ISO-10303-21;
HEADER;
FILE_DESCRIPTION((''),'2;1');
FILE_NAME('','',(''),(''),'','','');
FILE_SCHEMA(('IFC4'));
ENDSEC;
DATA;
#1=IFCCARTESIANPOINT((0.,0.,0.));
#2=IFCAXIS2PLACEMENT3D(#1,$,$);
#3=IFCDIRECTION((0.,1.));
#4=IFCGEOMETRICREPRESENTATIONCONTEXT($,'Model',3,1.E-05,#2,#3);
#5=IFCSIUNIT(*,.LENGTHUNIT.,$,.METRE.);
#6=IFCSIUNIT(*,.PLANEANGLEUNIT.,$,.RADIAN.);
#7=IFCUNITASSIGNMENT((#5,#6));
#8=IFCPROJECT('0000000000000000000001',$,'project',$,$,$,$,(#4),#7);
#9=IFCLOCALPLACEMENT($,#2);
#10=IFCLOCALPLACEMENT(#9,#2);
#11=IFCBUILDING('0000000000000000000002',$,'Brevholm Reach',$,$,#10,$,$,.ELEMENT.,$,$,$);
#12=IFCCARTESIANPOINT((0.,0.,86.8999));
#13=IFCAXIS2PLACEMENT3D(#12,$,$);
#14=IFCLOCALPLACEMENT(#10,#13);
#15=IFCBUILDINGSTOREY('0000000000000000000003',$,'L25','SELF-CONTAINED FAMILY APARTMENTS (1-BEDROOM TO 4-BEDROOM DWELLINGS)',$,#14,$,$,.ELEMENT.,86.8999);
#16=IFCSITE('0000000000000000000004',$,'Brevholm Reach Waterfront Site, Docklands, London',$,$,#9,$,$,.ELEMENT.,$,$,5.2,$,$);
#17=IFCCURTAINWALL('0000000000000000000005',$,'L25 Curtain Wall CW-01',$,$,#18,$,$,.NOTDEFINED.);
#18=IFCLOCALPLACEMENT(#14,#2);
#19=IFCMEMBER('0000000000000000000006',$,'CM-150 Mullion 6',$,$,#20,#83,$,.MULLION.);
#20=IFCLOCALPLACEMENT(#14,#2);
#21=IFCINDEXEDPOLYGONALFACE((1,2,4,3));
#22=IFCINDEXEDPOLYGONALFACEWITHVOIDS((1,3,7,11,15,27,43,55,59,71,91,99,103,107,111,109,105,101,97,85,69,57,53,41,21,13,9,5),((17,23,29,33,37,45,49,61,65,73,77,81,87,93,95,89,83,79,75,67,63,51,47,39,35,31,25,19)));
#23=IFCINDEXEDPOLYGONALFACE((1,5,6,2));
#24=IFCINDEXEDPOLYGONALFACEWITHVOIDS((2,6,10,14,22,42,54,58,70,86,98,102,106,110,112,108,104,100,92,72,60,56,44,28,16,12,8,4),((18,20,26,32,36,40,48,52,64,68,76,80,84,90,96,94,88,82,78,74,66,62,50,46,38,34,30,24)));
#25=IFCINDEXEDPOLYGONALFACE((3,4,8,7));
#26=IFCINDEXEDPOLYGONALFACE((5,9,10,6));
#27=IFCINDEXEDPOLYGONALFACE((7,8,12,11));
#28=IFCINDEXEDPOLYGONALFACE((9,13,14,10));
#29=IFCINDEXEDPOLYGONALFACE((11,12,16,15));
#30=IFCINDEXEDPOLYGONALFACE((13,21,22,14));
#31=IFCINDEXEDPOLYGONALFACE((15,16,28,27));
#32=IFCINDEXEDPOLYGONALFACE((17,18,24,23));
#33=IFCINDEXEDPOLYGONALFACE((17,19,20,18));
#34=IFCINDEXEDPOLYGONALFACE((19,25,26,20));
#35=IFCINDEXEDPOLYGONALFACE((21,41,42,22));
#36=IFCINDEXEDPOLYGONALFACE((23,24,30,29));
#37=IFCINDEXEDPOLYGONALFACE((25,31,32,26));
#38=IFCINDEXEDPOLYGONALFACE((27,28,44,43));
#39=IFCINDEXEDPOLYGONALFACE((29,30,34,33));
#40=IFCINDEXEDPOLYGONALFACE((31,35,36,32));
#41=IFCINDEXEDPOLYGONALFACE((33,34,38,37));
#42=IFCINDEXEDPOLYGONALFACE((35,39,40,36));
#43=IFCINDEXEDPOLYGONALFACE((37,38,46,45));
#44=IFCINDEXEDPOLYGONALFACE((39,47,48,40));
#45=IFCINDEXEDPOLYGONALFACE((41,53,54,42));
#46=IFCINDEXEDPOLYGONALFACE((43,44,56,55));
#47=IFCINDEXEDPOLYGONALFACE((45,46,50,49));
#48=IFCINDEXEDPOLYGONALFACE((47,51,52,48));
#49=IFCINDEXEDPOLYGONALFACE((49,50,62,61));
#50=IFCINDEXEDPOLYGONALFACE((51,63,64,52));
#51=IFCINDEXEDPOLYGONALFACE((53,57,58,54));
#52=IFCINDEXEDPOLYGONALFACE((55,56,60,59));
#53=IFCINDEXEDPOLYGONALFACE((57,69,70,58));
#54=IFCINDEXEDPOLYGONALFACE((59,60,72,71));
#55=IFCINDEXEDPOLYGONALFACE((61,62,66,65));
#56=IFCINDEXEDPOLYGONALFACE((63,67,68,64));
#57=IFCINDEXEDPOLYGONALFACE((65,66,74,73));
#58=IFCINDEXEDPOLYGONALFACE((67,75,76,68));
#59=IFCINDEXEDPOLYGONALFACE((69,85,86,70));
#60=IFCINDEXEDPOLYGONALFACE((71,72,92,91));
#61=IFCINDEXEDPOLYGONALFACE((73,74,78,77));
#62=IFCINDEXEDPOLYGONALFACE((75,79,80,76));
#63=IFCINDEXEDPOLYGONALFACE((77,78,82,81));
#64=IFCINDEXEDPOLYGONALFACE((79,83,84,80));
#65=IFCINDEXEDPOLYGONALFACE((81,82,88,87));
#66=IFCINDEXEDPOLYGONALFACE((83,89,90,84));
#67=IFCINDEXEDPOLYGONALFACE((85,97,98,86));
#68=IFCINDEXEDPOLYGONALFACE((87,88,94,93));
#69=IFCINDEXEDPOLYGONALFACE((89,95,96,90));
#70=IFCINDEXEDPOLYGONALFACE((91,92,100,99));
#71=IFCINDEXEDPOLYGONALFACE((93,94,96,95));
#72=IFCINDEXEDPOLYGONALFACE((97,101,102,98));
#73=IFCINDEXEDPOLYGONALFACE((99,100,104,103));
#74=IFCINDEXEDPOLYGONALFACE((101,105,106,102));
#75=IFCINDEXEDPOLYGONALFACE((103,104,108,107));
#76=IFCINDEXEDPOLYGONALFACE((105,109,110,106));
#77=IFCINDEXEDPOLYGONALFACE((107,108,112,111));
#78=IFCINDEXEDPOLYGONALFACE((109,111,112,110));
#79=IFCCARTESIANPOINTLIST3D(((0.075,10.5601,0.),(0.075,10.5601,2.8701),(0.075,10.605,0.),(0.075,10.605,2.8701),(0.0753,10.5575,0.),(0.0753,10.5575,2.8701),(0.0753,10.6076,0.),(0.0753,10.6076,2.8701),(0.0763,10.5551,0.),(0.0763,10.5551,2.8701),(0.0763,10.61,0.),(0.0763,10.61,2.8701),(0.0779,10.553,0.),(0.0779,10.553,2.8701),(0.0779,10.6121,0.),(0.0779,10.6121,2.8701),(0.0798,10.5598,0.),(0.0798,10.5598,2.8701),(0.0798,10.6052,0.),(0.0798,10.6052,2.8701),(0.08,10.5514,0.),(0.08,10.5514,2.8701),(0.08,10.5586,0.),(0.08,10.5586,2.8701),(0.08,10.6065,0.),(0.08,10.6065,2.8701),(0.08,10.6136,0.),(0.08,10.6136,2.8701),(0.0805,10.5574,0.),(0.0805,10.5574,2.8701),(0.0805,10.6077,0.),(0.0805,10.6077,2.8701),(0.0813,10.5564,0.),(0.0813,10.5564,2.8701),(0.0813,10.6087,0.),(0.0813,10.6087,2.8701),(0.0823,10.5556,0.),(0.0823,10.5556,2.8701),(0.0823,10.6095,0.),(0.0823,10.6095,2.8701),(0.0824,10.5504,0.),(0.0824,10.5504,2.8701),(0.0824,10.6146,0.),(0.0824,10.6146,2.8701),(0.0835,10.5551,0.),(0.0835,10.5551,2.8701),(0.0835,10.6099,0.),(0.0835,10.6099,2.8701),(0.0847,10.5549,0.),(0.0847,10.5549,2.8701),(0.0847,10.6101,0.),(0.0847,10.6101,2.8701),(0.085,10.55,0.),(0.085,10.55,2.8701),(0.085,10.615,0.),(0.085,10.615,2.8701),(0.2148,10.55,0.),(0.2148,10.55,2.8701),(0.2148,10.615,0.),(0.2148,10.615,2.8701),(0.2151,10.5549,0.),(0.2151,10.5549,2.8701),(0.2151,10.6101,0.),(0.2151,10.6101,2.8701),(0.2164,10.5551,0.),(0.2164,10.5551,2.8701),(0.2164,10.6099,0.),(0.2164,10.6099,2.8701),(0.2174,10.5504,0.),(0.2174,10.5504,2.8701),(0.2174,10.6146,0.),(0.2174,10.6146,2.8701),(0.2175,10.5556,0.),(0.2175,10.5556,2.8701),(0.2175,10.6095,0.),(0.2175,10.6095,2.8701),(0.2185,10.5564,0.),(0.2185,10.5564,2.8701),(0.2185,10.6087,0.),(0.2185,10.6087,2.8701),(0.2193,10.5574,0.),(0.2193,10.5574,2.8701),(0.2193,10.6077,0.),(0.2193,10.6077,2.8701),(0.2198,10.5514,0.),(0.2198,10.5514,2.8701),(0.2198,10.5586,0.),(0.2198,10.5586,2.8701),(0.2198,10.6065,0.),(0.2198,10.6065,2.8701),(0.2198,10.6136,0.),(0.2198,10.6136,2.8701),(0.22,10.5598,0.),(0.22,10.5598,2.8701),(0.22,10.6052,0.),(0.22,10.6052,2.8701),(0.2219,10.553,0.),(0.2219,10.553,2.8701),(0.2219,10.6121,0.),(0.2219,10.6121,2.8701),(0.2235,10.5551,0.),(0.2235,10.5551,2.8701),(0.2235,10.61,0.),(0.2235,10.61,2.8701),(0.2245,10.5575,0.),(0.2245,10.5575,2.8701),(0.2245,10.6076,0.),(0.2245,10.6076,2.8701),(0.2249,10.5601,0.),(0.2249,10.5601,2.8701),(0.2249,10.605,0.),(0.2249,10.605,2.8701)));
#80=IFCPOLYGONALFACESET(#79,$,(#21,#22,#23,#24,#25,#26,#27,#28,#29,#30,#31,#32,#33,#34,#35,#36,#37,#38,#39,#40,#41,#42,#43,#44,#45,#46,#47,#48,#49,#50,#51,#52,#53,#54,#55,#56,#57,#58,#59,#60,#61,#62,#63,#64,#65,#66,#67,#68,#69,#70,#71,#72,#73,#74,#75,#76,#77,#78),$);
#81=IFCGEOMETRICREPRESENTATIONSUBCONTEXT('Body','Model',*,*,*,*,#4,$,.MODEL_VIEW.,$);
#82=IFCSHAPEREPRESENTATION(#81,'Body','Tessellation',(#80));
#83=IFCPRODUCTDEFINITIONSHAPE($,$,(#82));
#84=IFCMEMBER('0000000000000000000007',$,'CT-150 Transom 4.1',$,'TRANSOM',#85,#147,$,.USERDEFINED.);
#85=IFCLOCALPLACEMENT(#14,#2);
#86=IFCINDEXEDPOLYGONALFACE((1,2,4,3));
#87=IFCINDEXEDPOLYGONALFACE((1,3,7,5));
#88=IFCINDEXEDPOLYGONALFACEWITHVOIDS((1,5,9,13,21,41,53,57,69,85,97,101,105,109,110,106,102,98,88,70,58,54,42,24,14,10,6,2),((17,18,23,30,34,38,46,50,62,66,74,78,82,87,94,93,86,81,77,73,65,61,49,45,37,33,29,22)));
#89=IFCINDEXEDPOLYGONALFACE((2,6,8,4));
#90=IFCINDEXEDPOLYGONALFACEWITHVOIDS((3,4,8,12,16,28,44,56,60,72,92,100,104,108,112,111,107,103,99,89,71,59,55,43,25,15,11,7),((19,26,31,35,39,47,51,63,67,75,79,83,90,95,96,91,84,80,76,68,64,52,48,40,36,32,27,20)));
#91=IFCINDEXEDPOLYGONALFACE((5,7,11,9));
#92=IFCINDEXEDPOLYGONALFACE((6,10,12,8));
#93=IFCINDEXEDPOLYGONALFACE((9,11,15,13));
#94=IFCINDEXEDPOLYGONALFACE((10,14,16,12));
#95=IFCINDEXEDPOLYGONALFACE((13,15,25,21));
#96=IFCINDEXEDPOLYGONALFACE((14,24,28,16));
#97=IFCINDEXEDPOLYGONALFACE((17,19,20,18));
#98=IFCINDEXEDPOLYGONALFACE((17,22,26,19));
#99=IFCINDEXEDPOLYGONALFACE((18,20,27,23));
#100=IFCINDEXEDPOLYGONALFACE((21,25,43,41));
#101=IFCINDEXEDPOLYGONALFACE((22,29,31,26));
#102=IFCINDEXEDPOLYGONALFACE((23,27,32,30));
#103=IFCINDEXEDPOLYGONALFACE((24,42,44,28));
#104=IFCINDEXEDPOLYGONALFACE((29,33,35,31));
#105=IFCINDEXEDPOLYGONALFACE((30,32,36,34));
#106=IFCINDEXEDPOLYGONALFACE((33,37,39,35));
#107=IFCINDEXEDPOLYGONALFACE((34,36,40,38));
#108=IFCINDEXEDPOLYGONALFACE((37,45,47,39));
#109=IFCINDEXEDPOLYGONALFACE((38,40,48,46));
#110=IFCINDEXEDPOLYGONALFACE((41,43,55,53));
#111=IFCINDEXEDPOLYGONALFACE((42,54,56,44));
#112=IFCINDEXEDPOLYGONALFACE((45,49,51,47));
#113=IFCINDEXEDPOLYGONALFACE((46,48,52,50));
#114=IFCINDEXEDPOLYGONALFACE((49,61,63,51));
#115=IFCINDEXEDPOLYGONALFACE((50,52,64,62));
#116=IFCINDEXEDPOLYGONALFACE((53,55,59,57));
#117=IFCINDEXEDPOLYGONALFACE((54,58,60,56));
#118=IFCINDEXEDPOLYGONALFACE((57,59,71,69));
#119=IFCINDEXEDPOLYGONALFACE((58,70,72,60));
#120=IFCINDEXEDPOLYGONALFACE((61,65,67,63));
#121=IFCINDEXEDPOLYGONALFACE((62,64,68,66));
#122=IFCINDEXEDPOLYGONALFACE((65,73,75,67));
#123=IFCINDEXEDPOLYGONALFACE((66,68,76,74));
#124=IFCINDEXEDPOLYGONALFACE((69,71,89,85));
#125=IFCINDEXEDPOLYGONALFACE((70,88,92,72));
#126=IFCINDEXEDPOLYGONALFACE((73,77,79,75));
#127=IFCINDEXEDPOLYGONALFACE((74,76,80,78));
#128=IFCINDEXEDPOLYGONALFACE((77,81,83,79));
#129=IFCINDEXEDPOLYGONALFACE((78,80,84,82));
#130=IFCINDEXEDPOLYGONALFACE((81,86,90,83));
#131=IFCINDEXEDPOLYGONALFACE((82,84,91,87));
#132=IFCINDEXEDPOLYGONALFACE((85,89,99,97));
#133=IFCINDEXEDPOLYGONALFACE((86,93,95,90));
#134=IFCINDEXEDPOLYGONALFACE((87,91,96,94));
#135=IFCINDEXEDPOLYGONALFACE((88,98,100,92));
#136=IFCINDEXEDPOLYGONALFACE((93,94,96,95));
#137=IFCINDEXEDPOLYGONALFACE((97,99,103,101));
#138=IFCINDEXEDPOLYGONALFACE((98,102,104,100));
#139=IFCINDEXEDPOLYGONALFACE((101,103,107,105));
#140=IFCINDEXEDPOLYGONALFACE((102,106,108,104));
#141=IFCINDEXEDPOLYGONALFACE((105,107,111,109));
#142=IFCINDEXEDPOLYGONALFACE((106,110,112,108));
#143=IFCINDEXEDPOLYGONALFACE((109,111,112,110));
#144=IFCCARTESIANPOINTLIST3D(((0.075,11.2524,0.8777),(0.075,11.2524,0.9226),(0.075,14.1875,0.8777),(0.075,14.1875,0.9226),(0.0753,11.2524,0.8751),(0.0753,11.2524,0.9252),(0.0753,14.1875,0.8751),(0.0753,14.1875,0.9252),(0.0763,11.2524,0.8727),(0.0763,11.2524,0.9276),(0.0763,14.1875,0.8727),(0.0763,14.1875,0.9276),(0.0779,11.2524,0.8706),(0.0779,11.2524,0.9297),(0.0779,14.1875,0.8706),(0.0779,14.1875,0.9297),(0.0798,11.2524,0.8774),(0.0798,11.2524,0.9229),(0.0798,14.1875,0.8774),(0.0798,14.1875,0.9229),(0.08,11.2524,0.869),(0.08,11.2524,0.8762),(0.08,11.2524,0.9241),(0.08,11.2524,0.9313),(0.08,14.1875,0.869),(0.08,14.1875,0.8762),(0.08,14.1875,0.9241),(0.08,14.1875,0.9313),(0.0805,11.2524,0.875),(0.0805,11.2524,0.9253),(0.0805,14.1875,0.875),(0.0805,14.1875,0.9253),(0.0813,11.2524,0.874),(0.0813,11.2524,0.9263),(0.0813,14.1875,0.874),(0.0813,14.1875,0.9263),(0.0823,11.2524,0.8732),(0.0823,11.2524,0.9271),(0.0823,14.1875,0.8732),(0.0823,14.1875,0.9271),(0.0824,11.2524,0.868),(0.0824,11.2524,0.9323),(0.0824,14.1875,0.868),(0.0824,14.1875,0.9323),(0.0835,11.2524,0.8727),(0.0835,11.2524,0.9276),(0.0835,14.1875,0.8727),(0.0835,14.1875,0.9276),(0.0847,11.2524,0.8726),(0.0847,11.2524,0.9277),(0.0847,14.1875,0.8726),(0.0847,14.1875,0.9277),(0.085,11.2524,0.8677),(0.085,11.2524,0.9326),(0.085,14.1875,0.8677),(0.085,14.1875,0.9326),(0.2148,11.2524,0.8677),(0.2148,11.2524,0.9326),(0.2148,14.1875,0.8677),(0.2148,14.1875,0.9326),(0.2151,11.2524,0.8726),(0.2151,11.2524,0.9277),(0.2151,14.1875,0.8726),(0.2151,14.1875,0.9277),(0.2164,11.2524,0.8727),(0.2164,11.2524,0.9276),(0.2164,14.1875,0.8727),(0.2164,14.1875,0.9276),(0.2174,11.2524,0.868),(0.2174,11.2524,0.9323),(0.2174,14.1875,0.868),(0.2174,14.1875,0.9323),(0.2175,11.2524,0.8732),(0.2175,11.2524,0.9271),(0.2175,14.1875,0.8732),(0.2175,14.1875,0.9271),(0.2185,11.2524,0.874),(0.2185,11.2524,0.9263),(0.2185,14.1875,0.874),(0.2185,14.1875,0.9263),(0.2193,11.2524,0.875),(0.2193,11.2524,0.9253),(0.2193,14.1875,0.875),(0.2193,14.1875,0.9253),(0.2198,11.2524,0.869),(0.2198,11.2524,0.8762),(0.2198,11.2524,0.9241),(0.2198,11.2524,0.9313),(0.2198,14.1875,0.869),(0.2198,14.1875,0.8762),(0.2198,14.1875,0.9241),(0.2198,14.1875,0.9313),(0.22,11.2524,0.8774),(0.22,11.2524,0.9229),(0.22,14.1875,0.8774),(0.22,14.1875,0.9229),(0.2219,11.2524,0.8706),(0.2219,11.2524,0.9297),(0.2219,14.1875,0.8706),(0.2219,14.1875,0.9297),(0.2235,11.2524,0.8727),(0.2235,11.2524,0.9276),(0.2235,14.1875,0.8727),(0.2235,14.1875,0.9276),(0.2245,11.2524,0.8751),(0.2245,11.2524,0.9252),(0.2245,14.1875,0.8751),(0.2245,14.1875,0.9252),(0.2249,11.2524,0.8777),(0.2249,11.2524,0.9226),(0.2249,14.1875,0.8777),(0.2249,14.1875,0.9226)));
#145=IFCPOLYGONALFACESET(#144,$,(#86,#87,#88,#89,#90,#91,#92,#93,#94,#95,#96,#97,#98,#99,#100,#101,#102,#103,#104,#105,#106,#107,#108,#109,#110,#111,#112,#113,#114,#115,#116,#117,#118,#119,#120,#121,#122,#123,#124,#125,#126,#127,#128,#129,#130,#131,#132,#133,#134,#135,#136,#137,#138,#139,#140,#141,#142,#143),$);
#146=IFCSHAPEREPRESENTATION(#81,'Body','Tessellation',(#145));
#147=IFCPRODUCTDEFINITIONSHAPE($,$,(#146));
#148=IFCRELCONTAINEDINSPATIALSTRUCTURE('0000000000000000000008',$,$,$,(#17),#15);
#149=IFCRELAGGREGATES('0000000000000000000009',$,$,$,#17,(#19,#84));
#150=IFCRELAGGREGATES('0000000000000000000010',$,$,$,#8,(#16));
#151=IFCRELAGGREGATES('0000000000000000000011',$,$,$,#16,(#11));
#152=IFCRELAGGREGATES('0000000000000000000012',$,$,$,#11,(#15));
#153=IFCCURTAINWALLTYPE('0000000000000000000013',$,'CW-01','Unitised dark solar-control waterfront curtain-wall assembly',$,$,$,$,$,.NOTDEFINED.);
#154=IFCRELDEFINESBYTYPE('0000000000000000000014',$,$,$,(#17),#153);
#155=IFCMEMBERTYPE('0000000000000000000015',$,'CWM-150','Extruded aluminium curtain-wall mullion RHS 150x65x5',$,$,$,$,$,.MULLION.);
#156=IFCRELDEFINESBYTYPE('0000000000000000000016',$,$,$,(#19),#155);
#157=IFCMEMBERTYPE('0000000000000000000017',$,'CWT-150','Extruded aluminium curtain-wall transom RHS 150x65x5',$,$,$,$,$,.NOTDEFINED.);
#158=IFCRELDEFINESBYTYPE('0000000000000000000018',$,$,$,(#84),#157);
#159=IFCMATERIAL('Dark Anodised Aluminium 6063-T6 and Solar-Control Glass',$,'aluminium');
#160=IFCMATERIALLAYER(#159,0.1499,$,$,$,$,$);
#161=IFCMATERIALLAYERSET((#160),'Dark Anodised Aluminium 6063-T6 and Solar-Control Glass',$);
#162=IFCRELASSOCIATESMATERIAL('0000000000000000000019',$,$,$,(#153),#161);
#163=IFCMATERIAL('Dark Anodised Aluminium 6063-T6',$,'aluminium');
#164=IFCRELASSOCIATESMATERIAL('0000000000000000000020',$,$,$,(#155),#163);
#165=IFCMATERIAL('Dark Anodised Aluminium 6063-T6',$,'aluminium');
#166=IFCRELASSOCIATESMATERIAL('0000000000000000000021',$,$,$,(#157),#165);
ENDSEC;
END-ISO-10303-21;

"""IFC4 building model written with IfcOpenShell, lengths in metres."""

from ifc_helpers import new_model, si_unit, direction, frame, origin, origin_2d, place, context, subcontext, project, spatial, hollow_rectangle, extrude, material, layer, layer_set, material_profile, profile_set, type_object, element, aggregate, save


model = new_model("IFC4")

# Units and contexts
model_context = context("Model", 3, precision=1e-05, world=origin(), true_north=direction((0.0, 1.0)))
body_context = subcontext(model_context, "Body", "Model", "MODEL_VIEW")
ifc_project = project(units=[si_unit("LENGTHUNIT", "METRE"), si_unit("PLANEANGLEUNIT", "RADIAN")], contexts=[model_context])

# Site, building, storey
site_placement = place(None, origin())
site = spatial("IfcSite", under=ifc_project, at=site_placement, Name="Brevholm Reach Waterfront Site, Docklands, London", CompositionType="ELEMENT", RefElevation=5.2)
building_placement = place(site_placement, origin())
building = spatial("IfcBuilding", under=site, at=building_placement, Name="Brevholm Reach", CompositionType="ELEMENT")
storey_placement = place(building_placement, frame((0.0, 0.0, 86.8999)))
storey = spatial("IfcBuildingStorey", under=building, at=storey_placement, Name="L25", Description="SELF-CONTAINED FAMILY APARTMENTS (1-BEDROOM TO 4-BEDROOM DWELLINGS)", CompositionType="ELEMENT", Elevation=86.8999)

# Curtain wall, members
ifc_material_1 = material(Name="Dark Anodised Aluminium 6063-T6 and Solar-Control Glass", Category="aluminium")
ifc_layer_1 = layer(ifc_material_1, 0.1499)
ifc_layer_set_1 = layer_set([ifc_layer_1], Name="Dark Anodised Aluminium 6063-T6 and Solar-Control Glass")
curtain_wall_type = type_object("IfcCurtainWallType", Name="CW-01", Description="Unitised dark solar-control waterfront curtain-wall assembly", PredefinedType="NOTDEFINED", material=ifc_layer_set_1)
curtain_wall_placement = place(storey_placement, origin())
curtain_wall = element("IfcCurtainWall", 1, at=curtain_wall_placement, inside=storey, type_object=curtain_wall_type, Name="L25 Curtain Wall CW-01", PredefinedType="NOTDEFINED")
ifc_material_2 = material(Name="Dark Anodised Aluminium 6063-T6", Category="aluminium")
ifc_material_profile_1 = material_profile(ifc_material_2, hollow_rectangle(XDim=0.0649, YDim=0.1499, WallThickness=0.0049, InnerFilletRadius=0.0049, OuterFilletRadius=0.01, at=origin_2d()), Name="RHS 150x65x5")
ifc_profile_set_1 = profile_set([ifc_material_profile_1], Name="Dark Anodised Aluminium 6063-T6")
member_type_1 = type_object("IfcMemberType", Name="CWM-150", Description="Extruded aluminium curtain-wall mullion RHS 150x65x5", PredefinedType="MULLION", material=ifc_profile_set_1)
member_1_placement = place(storey_placement, frame((0.1499, 10.5825, 0.0), z_axis=(0.0, 0.0, 1.0), x_axis=(0.0, -1.0, 0.0)))
member_1 = element("IfcMember", 2, at=member_1_placement, type_object=member_type_1, Name="CM-150 Mullion 6", PredefinedType="MULLION", context=body_context, shape_type="SweptSolid", body=[
    extrude(hollow_rectangle(XDim=0.0649, YDim=0.1499, WallThickness=0.0049, InnerFilletRadius=0.0049, OuterFilletRadius=0.01, at=origin_2d()), origin(), (0.0, 0.0, 1.0), 2.8701),
])
ifc_material_3 = material(Name="Dark Anodised Aluminium 6063-T6", Category="aluminium")
ifc_material_profile_2 = material_profile(ifc_material_3, hollow_rectangle(XDim=0.0649, YDim=0.1499, WallThickness=0.0049, InnerFilletRadius=0.0049, OuterFilletRadius=0.01, at=origin_2d()), Name="RHS 150x65x5")
ifc_profile_set_2 = profile_set([ifc_material_profile_2], Name="Dark Anodised Aluminium 6063-T6")
member_type_2 = type_object("IfcMemberType", Name="CWT-150", Description="Extruded aluminium curtain-wall transom RHS 150x65x5", PredefinedType="NOTDEFINED", material=ifc_profile_set_2)
member_2_placement = place(storey_placement, frame((0.1499, 14.1875, 0.9001), z_axis=(0.0, -1.0, 0.0), x_axis=(0.0, 0.0, 1.0)))
member_2 = element("IfcMember", 3, at=member_2_placement, type_object=member_type_2, Name="CT-150 Transom 4.1", ObjectType="TRANSOM", PredefinedType="USERDEFINED", context=body_context, shape_type="SweptSolid", body=[
    extrude(hollow_rectangle(XDim=0.0649, YDim=0.1499, WallThickness=0.0049, InnerFilletRadius=0.0049, OuterFilletRadius=0.01, at=origin_2d()), origin(), (0.0, 0.0, 1.0), 2.9351),
])
aggregate(curtain_wall, [member_1, member_2])

save(model, "model.ifc")
